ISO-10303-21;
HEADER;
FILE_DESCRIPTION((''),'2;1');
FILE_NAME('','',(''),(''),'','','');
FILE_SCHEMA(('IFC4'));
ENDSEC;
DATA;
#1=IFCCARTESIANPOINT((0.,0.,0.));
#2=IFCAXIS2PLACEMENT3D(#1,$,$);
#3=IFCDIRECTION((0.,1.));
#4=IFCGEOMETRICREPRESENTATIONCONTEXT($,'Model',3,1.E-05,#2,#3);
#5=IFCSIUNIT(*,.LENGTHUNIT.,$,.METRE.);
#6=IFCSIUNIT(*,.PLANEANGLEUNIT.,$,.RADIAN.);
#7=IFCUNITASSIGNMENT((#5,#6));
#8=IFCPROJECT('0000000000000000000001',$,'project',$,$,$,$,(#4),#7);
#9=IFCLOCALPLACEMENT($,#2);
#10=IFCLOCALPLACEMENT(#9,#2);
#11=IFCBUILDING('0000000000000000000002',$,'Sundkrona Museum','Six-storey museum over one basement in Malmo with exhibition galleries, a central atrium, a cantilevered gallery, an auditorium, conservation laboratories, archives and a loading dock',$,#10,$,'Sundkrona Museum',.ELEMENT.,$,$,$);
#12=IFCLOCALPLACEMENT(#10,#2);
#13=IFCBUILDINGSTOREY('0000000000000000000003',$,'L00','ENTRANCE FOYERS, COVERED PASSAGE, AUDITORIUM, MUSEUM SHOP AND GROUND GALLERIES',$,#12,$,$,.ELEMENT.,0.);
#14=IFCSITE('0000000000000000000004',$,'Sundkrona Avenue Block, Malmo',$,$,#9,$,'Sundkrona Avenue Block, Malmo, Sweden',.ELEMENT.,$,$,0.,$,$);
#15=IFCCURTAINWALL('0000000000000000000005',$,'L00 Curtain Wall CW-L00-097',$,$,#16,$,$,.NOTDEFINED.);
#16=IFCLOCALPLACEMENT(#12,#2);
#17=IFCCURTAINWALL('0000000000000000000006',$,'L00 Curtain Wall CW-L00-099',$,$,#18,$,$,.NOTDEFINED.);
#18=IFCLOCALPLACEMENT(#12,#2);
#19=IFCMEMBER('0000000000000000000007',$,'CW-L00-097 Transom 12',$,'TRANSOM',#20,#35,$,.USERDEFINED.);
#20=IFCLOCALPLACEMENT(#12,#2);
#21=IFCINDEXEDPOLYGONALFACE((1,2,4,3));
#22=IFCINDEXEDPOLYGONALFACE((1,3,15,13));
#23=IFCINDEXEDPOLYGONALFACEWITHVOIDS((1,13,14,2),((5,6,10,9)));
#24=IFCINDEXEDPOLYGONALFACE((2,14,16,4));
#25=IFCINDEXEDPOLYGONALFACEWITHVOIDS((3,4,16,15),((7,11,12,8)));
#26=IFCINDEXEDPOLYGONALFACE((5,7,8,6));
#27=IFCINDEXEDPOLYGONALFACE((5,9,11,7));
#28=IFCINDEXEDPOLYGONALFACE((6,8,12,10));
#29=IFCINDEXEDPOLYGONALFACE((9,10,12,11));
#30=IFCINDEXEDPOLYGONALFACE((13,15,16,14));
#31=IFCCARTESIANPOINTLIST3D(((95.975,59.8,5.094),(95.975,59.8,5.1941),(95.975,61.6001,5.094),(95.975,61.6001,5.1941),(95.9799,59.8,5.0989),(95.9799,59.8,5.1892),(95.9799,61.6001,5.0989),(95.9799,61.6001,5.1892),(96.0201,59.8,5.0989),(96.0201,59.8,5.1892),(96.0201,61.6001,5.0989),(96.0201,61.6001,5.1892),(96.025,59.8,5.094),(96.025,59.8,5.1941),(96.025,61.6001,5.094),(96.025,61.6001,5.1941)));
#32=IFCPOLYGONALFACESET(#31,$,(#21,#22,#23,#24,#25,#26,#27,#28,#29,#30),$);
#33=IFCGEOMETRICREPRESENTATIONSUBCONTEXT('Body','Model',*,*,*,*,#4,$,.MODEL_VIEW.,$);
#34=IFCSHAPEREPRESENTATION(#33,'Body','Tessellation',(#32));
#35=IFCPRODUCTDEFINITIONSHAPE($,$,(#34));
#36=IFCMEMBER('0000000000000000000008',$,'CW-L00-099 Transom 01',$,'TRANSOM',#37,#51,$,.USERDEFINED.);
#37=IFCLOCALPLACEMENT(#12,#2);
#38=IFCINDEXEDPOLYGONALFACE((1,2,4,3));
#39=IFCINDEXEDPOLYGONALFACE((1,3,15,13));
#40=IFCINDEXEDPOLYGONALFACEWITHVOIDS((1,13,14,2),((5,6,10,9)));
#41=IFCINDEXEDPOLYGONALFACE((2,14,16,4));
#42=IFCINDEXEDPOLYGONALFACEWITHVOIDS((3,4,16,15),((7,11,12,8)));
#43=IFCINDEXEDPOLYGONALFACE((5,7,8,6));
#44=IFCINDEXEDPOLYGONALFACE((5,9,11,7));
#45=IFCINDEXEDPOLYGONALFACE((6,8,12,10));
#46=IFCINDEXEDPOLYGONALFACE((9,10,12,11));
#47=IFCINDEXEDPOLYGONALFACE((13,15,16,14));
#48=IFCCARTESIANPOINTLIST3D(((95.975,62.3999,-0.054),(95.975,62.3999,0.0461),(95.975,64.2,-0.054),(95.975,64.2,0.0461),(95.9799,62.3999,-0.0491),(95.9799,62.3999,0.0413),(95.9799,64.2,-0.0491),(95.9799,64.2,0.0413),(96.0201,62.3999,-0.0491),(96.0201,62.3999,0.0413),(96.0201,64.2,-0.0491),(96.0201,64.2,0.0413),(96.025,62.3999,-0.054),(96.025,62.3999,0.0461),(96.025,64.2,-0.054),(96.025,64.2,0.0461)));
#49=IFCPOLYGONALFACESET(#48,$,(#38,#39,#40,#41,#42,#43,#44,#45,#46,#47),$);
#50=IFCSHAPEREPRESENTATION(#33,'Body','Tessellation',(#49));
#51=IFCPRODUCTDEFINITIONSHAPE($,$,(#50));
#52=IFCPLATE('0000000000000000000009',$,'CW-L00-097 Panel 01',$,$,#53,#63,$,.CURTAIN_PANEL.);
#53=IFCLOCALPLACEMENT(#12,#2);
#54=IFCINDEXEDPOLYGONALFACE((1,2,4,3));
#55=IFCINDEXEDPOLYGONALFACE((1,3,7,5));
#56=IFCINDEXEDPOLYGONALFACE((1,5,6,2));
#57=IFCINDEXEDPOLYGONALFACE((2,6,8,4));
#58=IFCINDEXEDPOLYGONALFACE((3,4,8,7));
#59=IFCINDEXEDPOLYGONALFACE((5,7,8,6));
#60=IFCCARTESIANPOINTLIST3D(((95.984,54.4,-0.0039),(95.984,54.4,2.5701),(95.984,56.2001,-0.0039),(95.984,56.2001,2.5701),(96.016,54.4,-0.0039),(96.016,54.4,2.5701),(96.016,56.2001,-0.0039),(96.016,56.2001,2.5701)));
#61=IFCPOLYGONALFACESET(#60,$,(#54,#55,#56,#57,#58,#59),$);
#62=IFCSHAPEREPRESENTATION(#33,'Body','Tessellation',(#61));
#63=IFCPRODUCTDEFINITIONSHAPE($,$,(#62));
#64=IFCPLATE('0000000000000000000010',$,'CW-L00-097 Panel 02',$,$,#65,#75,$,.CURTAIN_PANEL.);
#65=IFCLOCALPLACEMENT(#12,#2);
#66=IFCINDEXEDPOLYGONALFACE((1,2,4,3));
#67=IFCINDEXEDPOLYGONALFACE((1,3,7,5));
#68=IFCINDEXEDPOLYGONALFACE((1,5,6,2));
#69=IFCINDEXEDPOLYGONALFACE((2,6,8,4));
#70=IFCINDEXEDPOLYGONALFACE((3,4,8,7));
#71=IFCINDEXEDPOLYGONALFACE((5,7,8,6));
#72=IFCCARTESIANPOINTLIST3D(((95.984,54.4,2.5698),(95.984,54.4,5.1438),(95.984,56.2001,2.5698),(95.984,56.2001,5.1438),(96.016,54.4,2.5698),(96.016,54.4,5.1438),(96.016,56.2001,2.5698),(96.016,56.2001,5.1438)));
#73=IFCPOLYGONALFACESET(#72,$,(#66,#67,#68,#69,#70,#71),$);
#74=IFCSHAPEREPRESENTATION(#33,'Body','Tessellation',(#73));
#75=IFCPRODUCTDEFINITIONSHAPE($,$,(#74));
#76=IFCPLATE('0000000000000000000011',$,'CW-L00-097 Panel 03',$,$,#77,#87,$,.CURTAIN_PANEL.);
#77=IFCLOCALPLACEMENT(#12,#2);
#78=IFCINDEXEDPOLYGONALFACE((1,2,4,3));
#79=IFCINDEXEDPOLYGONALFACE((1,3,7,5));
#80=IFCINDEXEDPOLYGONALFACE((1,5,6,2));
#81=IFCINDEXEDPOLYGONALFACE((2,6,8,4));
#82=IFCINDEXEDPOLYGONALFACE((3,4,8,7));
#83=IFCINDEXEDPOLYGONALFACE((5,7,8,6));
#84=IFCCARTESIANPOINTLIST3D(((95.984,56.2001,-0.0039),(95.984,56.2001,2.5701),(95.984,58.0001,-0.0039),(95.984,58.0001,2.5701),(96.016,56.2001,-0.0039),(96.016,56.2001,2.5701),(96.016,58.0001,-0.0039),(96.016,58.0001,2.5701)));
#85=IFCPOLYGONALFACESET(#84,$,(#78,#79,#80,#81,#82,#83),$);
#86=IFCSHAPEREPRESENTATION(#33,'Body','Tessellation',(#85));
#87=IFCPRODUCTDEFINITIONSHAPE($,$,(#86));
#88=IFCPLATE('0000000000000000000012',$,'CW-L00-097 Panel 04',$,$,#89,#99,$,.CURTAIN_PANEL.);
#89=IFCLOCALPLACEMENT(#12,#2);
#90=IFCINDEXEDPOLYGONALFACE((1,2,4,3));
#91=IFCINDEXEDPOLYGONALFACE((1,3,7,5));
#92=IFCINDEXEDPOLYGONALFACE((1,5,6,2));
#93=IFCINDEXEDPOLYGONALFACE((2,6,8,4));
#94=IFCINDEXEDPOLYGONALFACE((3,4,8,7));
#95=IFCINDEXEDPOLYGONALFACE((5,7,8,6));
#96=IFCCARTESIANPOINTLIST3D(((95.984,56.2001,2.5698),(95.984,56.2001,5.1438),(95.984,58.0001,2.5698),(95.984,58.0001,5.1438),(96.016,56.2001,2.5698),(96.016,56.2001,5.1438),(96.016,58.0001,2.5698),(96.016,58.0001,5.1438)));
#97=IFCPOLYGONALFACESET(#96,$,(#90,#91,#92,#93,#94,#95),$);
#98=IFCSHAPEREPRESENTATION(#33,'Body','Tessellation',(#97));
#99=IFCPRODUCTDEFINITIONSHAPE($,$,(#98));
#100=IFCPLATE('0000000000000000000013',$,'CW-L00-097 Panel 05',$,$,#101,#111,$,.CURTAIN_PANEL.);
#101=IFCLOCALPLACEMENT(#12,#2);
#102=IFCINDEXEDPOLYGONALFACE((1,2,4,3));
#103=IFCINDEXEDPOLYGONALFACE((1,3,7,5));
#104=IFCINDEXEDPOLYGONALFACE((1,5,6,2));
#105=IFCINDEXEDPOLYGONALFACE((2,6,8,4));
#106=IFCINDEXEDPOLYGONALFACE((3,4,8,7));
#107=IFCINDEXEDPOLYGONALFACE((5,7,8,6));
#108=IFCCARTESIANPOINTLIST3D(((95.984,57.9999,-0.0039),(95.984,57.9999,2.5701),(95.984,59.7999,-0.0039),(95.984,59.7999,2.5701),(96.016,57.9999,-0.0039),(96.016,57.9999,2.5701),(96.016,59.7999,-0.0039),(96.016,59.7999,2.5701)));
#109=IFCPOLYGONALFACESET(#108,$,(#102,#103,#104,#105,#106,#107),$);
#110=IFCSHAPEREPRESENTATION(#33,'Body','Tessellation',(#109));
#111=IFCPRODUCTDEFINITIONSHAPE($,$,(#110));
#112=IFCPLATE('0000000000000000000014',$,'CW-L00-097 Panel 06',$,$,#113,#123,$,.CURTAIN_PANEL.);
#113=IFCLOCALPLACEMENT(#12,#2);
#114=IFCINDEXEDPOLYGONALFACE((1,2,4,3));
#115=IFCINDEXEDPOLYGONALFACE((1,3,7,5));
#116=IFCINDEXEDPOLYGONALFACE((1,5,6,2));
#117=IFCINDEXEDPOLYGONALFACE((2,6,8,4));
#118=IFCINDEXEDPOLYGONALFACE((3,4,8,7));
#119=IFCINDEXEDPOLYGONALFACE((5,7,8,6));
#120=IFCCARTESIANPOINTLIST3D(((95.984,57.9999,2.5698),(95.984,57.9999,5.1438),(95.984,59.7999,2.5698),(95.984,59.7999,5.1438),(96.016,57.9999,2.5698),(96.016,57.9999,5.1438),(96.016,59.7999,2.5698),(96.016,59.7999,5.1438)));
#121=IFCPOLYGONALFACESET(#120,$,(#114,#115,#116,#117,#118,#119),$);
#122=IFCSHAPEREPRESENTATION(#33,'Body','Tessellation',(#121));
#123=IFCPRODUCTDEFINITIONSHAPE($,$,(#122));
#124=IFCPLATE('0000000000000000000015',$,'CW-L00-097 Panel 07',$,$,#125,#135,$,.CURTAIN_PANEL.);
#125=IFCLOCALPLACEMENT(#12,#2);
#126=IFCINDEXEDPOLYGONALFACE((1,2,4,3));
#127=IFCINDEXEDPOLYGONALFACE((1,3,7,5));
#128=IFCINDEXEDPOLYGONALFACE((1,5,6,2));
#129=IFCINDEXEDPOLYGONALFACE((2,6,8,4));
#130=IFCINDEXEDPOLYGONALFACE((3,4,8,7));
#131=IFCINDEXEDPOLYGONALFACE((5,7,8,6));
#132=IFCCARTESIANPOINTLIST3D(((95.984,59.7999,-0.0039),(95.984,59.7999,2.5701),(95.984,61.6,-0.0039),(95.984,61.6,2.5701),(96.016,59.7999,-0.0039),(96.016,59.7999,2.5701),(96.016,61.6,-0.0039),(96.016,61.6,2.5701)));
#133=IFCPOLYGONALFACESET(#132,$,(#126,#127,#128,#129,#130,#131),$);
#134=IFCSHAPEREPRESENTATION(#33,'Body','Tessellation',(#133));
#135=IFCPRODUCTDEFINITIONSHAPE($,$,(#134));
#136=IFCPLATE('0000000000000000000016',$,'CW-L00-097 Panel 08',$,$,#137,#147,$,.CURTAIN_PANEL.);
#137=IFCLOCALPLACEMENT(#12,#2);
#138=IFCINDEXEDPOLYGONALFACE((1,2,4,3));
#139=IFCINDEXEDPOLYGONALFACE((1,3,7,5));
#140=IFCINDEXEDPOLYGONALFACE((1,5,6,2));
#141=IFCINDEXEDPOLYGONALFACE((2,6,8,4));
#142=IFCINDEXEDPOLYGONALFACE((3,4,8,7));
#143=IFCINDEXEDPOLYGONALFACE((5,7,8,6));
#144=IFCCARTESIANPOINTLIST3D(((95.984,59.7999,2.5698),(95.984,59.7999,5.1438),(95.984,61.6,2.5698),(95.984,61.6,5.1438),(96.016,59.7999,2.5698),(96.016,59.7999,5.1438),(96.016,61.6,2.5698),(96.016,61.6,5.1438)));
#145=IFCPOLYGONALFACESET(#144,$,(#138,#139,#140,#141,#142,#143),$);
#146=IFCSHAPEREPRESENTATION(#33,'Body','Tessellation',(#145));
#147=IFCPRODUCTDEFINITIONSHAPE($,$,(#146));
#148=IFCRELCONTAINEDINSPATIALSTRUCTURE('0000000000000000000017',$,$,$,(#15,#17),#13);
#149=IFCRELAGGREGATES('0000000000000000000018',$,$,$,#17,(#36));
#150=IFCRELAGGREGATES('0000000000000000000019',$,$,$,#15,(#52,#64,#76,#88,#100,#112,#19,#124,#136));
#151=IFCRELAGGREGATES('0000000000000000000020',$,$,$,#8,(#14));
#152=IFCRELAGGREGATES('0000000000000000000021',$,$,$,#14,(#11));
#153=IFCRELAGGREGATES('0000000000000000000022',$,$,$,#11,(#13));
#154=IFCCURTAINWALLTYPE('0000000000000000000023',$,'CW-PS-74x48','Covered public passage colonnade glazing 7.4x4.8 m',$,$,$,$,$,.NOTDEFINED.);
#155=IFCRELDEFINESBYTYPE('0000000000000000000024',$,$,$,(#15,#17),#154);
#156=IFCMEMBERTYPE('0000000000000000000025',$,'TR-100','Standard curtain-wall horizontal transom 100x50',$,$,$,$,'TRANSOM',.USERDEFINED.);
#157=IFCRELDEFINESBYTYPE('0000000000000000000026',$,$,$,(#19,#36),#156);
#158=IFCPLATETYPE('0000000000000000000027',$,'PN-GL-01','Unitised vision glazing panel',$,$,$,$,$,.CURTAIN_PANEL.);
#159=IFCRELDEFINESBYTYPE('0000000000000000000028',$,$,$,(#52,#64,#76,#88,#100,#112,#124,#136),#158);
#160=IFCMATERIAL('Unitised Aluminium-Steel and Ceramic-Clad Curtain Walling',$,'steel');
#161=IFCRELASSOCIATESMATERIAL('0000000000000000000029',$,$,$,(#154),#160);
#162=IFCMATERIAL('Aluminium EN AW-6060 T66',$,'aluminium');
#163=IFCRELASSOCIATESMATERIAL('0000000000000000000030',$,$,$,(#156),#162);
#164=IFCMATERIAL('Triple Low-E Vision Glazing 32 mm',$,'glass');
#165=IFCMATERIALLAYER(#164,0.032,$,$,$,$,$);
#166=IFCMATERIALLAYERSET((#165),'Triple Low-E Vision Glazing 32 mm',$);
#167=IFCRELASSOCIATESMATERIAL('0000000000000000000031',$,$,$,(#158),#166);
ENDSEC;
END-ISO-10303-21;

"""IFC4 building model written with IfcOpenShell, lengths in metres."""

from ifc_helpers import new_model, si_unit, direction, frame, origin, origin_2d, place, context, subcontext, project, spatial, rectangle, hollow_rectangle, extrude, material, layer, layer_set, material_profile, profile_set, type_object, element, aggregate, save


model = new_model("IFC4")

# Units and contexts
model_context = context("Model", 3, precision=1e-05, world=origin(), true_north=direction((0.0, 1.0)))
body_context = subcontext(model_context, "Body", "Model", "MODEL_VIEW")
ifc_project = project(units=[si_unit("LENGTHUNIT", "METRE"), si_unit("PLANEANGLEUNIT", "RADIAN")], contexts=[model_context])

# Site, building, storey
site_placement = place(None, origin())
site = spatial("IfcSite", under=ifc_project, at=site_placement, Name="Sundkrona Avenue Block, Malmo", LongName="Sundkrona Avenue Block, Malmo, Sweden", CompositionType="ELEMENT", RefElevation=0.0)
building_placement = place(site_placement, origin())
building = spatial("IfcBuilding", under=site, at=building_placement, Name="Sundkrona Museum", Description="Six-storey museum over one basement in Malmo with exhibition galleries, a central atrium, a cantilevered gallery, an auditorium, conservation laboratories, archives and a loading dock", LongName="Sundkrona Museum", CompositionType="ELEMENT")
storey_placement = place(building_placement, origin())
storey = spatial("IfcBuildingStorey", under=building, at=storey_placement, Name="L00", Description="ENTRANCE FOYERS, COVERED PASSAGE, AUDITORIUM, MUSEUM SHOP AND GROUND GALLERIES", CompositionType="ELEMENT", Elevation=0.0)

# Curtain wall
ifc_material_1 = material(Name="Unitised Aluminium-Steel and Ceramic-Clad Curtain Walling", Category="steel")
curtain_wall_type = type_object("IfcCurtainWallType", Name="CW-PS-74x48", Description="Covered public passage colonnade glazing 7.4x4.8 m", PredefinedType="NOTDEFINED", material=ifc_material_1)
curtain_wall_1_placement = place(storey_placement, origin())
curtain_wall_1 = element("IfcCurtainWall", 1, at=curtain_wall_1_placement, inside=storey, type_object=curtain_wall_type, Name="L00 Curtain Wall CW-L00-097", PredefinedType="NOTDEFINED")
ifc_material_2 = material(Name="Aluminium EN AW-6060 T66", Category="aluminium")

# Curtain wall
curtain_wall_2_placement = place(storey_placement, origin())
curtain_wall_2 = element("IfcCurtainWall", 2, at=curtain_wall_2_placement, inside=storey, type_object=curtain_wall_type, Name="L00 Curtain Wall CW-L00-099", PredefinedType="NOTDEFINED")

# Members
ifc_material_profile_1 = material_profile(ifc_material_2, hollow_rectangle(XDim=0.05, YDim=0.1001, WallThickness=0.0049, at=origin_2d()), Name="RHS 100x50x5.0")
ifc_profile_set_1 = profile_set([ifc_material_profile_1], Name="Aluminium EN AW-6060 T66")
member_type_1 = type_object("IfcMemberType", Name="TR-100", Description="Standard curtain-wall horizontal transom 100x50", ElementType="TRANSOM", PredefinedType="USERDEFINED", material=ifc_profile_set_1)
member_1_placement = place(storey_placement, frame((96.0, 59.8, 5.144), z_axis=(0.0, 1.0, 0.0), x_axis=(-1.0, 0.0, 0.0)))
member_1 = element("IfcMember", 3, at=member_1_placement, type_object=member_type_1, Name="CW-L00-097 Transom 12", ObjectType="TRANSOM", PredefinedType="USERDEFINED", context=body_context, shape_type="SweptSolid", body=[
    extrude(hollow_rectangle(XDim=0.05, YDim=0.1001, WallThickness=0.0049, at=origin_2d()), origin(), (0.0, 0.0, 1.0), 1.8),
])
member_2_placement = place(storey_placement, frame((96.0, 62.3999, -0.0039), z_axis=(0.0, 1.0, 0.0), x_axis=(-1.0, 0.0, 0.0)))
member_2 = element("IfcMember", 4, at=member_2_placement, type_object=member_type_1, Name="CW-L00-099 Transom 01", ObjectType="TRANSOM", PredefinedType="USERDEFINED", context=body_context, shape_type="SweptSolid", body=[
    extrude(hollow_rectangle(XDim=0.05, YDim=0.1001, WallThickness=0.0049, at=origin_2d()), origin(), (0.0, 0.0, 1.0), 1.8),
])
aggregate(curtain_wall_2, [member_2])

# Plates
ifc_material_3 = material(Name="Triple Low-E Vision Glazing 32 mm", Category="glass")
ifc_layer = layer(ifc_material_3, 0.032)
ifc_layer_set = layer_set([ifc_layer], Name="Triple Low-E Vision Glazing 32 mm")
plate_type = type_object("IfcPlateType", Name="PN-GL-01", Description="Unitised vision glazing panel", PredefinedType="CURTAIN_PANEL", material=ifc_layer_set)
plate_1_placement = place(storey_placement, frame((96.0, 55.3, -0.0039), z_axis=(0.0, 0.0, 1.0), x_axis=(0.0, 1.0, 0.0)))
plate_1 = element("IfcPlate", 5, at=plate_1_placement, type_object=plate_type, Name="CW-L00-097 Panel 01", PredefinedType="CURTAIN_PANEL", context=body_context, shape_type="SweptSolid", body=[
    extrude(rectangle(XDim=1.8, YDim=0.032, at=origin_2d()), origin(), (0.0, 0.0, 1.0), 2.574),
])
plate_2_placement = place(storey_placement, frame((96.0, 55.3, 2.5698), z_axis=(0.0, 0.0, 1.0), x_axis=(0.0, 1.0, 0.0)))
plate_2 = element("IfcPlate", 6, at=plate_2_placement, type_object=plate_type, Name="CW-L00-097 Panel 02", PredefinedType="CURTAIN_PANEL", context=body_context, shape_type="SweptSolid", body=[
    extrude(rectangle(XDim=1.8, YDim=0.032, at=origin_2d()), origin(), (0.0, 0.0, 1.0), 2.574),
])
plate_3_placement = place(storey_placement, frame((96.0, 57.1001, -0.0039), z_axis=(0.0, 0.0, 1.0), x_axis=(0.0, 1.0, 0.0)))
plate_3 = element("IfcPlate", 7, at=plate_3_placement, type_object=plate_type, Name="CW-L00-097 Panel 03", PredefinedType="CURTAIN_PANEL", context=body_context, shape_type="SweptSolid", body=[
    extrude(rectangle(XDim=1.8, YDim=0.032, at=origin_2d()), origin(), (0.0, 0.0, 1.0), 2.574),
])
plate_4_placement = place(storey_placement, frame((96.0, 57.1001, 2.5698), z_axis=(0.0, 0.0, 1.0), x_axis=(0.0, 1.0, 0.0)))
plate_4 = element("IfcPlate", 8, at=plate_4_placement, type_object=plate_type, Name="CW-L00-097 Panel 04", PredefinedType="CURTAIN_PANEL", context=body_context, shape_type="SweptSolid", body=[
    extrude(rectangle(XDim=1.8, YDim=0.032, at=origin_2d()), origin(), (0.0, 0.0, 1.0), 2.574),
])
plate_5_placement = place(storey_placement, frame((96.0, 58.8999, -0.0039), z_axis=(0.0, 0.0, 1.0), x_axis=(0.0, 1.0, 0.0)))
plate_5 = element("IfcPlate", 9, at=plate_5_placement, type_object=plate_type, Name="CW-L00-097 Panel 05", PredefinedType="CURTAIN_PANEL", context=body_context, shape_type="SweptSolid", body=[
    extrude(rectangle(XDim=1.8, YDim=0.032, at=origin_2d()), origin(), (0.0, 0.0, 1.0), 2.574),
])
plate_6_placement = place(storey_placement, frame((96.0, 58.8999, 2.5698), z_axis=(0.0, 0.0, 1.0), x_axis=(0.0, 1.0, 0.0)))
plate_6 = element("IfcPlate", 10, at=plate_6_placement, type_object=plate_type, Name="CW-L00-097 Panel 06", PredefinedType="CURTAIN_PANEL", context=body_context, shape_type="SweptSolid", body=[
    extrude(rectangle(XDim=1.8, YDim=0.032, at=origin_2d()), origin(), (0.0, 0.0, 1.0), 2.574),
])
plate_7_placement = place(storey_placement, frame((96.0, 60.7, -0.0039), z_axis=(0.0, 0.0, 1.0), x_axis=(0.0, 1.0, 0.0)))
plate_7 = element("IfcPlate", 11, at=plate_7_placement, type_object=plate_type, Name="CW-L00-097 Panel 07", PredefinedType="CURTAIN_PANEL", context=body_context, shape_type="SweptSolid", body=[
    extrude(rectangle(XDim=1.8, YDim=0.032, at=origin_2d()), origin(), (0.0, 0.0, 1.0), 2.574),
])
plate_8_placement = place(storey_placement, frame((96.0, 60.7, 2.5698), z_axis=(0.0, 0.0, 1.0), x_axis=(0.0, 1.0, 0.0)))
plate_8 = element("IfcPlate", 12, at=plate_8_placement, type_object=plate_type, Name="CW-L00-097 Panel 08", PredefinedType="CURTAIN_PANEL", context=body_context, shape_type="SweptSolid", body=[
    extrude(rectangle(XDim=1.8, YDim=0.032, at=origin_2d()), origin(), (0.0, 0.0, 1.0), 2.574),
])
aggregate(curtain_wall_1, [plate_1, plate_2, plate_3, plate_4, plate_5, plate_6, member_1, plate_7, plate_8])

save(model, "model.ifc")
